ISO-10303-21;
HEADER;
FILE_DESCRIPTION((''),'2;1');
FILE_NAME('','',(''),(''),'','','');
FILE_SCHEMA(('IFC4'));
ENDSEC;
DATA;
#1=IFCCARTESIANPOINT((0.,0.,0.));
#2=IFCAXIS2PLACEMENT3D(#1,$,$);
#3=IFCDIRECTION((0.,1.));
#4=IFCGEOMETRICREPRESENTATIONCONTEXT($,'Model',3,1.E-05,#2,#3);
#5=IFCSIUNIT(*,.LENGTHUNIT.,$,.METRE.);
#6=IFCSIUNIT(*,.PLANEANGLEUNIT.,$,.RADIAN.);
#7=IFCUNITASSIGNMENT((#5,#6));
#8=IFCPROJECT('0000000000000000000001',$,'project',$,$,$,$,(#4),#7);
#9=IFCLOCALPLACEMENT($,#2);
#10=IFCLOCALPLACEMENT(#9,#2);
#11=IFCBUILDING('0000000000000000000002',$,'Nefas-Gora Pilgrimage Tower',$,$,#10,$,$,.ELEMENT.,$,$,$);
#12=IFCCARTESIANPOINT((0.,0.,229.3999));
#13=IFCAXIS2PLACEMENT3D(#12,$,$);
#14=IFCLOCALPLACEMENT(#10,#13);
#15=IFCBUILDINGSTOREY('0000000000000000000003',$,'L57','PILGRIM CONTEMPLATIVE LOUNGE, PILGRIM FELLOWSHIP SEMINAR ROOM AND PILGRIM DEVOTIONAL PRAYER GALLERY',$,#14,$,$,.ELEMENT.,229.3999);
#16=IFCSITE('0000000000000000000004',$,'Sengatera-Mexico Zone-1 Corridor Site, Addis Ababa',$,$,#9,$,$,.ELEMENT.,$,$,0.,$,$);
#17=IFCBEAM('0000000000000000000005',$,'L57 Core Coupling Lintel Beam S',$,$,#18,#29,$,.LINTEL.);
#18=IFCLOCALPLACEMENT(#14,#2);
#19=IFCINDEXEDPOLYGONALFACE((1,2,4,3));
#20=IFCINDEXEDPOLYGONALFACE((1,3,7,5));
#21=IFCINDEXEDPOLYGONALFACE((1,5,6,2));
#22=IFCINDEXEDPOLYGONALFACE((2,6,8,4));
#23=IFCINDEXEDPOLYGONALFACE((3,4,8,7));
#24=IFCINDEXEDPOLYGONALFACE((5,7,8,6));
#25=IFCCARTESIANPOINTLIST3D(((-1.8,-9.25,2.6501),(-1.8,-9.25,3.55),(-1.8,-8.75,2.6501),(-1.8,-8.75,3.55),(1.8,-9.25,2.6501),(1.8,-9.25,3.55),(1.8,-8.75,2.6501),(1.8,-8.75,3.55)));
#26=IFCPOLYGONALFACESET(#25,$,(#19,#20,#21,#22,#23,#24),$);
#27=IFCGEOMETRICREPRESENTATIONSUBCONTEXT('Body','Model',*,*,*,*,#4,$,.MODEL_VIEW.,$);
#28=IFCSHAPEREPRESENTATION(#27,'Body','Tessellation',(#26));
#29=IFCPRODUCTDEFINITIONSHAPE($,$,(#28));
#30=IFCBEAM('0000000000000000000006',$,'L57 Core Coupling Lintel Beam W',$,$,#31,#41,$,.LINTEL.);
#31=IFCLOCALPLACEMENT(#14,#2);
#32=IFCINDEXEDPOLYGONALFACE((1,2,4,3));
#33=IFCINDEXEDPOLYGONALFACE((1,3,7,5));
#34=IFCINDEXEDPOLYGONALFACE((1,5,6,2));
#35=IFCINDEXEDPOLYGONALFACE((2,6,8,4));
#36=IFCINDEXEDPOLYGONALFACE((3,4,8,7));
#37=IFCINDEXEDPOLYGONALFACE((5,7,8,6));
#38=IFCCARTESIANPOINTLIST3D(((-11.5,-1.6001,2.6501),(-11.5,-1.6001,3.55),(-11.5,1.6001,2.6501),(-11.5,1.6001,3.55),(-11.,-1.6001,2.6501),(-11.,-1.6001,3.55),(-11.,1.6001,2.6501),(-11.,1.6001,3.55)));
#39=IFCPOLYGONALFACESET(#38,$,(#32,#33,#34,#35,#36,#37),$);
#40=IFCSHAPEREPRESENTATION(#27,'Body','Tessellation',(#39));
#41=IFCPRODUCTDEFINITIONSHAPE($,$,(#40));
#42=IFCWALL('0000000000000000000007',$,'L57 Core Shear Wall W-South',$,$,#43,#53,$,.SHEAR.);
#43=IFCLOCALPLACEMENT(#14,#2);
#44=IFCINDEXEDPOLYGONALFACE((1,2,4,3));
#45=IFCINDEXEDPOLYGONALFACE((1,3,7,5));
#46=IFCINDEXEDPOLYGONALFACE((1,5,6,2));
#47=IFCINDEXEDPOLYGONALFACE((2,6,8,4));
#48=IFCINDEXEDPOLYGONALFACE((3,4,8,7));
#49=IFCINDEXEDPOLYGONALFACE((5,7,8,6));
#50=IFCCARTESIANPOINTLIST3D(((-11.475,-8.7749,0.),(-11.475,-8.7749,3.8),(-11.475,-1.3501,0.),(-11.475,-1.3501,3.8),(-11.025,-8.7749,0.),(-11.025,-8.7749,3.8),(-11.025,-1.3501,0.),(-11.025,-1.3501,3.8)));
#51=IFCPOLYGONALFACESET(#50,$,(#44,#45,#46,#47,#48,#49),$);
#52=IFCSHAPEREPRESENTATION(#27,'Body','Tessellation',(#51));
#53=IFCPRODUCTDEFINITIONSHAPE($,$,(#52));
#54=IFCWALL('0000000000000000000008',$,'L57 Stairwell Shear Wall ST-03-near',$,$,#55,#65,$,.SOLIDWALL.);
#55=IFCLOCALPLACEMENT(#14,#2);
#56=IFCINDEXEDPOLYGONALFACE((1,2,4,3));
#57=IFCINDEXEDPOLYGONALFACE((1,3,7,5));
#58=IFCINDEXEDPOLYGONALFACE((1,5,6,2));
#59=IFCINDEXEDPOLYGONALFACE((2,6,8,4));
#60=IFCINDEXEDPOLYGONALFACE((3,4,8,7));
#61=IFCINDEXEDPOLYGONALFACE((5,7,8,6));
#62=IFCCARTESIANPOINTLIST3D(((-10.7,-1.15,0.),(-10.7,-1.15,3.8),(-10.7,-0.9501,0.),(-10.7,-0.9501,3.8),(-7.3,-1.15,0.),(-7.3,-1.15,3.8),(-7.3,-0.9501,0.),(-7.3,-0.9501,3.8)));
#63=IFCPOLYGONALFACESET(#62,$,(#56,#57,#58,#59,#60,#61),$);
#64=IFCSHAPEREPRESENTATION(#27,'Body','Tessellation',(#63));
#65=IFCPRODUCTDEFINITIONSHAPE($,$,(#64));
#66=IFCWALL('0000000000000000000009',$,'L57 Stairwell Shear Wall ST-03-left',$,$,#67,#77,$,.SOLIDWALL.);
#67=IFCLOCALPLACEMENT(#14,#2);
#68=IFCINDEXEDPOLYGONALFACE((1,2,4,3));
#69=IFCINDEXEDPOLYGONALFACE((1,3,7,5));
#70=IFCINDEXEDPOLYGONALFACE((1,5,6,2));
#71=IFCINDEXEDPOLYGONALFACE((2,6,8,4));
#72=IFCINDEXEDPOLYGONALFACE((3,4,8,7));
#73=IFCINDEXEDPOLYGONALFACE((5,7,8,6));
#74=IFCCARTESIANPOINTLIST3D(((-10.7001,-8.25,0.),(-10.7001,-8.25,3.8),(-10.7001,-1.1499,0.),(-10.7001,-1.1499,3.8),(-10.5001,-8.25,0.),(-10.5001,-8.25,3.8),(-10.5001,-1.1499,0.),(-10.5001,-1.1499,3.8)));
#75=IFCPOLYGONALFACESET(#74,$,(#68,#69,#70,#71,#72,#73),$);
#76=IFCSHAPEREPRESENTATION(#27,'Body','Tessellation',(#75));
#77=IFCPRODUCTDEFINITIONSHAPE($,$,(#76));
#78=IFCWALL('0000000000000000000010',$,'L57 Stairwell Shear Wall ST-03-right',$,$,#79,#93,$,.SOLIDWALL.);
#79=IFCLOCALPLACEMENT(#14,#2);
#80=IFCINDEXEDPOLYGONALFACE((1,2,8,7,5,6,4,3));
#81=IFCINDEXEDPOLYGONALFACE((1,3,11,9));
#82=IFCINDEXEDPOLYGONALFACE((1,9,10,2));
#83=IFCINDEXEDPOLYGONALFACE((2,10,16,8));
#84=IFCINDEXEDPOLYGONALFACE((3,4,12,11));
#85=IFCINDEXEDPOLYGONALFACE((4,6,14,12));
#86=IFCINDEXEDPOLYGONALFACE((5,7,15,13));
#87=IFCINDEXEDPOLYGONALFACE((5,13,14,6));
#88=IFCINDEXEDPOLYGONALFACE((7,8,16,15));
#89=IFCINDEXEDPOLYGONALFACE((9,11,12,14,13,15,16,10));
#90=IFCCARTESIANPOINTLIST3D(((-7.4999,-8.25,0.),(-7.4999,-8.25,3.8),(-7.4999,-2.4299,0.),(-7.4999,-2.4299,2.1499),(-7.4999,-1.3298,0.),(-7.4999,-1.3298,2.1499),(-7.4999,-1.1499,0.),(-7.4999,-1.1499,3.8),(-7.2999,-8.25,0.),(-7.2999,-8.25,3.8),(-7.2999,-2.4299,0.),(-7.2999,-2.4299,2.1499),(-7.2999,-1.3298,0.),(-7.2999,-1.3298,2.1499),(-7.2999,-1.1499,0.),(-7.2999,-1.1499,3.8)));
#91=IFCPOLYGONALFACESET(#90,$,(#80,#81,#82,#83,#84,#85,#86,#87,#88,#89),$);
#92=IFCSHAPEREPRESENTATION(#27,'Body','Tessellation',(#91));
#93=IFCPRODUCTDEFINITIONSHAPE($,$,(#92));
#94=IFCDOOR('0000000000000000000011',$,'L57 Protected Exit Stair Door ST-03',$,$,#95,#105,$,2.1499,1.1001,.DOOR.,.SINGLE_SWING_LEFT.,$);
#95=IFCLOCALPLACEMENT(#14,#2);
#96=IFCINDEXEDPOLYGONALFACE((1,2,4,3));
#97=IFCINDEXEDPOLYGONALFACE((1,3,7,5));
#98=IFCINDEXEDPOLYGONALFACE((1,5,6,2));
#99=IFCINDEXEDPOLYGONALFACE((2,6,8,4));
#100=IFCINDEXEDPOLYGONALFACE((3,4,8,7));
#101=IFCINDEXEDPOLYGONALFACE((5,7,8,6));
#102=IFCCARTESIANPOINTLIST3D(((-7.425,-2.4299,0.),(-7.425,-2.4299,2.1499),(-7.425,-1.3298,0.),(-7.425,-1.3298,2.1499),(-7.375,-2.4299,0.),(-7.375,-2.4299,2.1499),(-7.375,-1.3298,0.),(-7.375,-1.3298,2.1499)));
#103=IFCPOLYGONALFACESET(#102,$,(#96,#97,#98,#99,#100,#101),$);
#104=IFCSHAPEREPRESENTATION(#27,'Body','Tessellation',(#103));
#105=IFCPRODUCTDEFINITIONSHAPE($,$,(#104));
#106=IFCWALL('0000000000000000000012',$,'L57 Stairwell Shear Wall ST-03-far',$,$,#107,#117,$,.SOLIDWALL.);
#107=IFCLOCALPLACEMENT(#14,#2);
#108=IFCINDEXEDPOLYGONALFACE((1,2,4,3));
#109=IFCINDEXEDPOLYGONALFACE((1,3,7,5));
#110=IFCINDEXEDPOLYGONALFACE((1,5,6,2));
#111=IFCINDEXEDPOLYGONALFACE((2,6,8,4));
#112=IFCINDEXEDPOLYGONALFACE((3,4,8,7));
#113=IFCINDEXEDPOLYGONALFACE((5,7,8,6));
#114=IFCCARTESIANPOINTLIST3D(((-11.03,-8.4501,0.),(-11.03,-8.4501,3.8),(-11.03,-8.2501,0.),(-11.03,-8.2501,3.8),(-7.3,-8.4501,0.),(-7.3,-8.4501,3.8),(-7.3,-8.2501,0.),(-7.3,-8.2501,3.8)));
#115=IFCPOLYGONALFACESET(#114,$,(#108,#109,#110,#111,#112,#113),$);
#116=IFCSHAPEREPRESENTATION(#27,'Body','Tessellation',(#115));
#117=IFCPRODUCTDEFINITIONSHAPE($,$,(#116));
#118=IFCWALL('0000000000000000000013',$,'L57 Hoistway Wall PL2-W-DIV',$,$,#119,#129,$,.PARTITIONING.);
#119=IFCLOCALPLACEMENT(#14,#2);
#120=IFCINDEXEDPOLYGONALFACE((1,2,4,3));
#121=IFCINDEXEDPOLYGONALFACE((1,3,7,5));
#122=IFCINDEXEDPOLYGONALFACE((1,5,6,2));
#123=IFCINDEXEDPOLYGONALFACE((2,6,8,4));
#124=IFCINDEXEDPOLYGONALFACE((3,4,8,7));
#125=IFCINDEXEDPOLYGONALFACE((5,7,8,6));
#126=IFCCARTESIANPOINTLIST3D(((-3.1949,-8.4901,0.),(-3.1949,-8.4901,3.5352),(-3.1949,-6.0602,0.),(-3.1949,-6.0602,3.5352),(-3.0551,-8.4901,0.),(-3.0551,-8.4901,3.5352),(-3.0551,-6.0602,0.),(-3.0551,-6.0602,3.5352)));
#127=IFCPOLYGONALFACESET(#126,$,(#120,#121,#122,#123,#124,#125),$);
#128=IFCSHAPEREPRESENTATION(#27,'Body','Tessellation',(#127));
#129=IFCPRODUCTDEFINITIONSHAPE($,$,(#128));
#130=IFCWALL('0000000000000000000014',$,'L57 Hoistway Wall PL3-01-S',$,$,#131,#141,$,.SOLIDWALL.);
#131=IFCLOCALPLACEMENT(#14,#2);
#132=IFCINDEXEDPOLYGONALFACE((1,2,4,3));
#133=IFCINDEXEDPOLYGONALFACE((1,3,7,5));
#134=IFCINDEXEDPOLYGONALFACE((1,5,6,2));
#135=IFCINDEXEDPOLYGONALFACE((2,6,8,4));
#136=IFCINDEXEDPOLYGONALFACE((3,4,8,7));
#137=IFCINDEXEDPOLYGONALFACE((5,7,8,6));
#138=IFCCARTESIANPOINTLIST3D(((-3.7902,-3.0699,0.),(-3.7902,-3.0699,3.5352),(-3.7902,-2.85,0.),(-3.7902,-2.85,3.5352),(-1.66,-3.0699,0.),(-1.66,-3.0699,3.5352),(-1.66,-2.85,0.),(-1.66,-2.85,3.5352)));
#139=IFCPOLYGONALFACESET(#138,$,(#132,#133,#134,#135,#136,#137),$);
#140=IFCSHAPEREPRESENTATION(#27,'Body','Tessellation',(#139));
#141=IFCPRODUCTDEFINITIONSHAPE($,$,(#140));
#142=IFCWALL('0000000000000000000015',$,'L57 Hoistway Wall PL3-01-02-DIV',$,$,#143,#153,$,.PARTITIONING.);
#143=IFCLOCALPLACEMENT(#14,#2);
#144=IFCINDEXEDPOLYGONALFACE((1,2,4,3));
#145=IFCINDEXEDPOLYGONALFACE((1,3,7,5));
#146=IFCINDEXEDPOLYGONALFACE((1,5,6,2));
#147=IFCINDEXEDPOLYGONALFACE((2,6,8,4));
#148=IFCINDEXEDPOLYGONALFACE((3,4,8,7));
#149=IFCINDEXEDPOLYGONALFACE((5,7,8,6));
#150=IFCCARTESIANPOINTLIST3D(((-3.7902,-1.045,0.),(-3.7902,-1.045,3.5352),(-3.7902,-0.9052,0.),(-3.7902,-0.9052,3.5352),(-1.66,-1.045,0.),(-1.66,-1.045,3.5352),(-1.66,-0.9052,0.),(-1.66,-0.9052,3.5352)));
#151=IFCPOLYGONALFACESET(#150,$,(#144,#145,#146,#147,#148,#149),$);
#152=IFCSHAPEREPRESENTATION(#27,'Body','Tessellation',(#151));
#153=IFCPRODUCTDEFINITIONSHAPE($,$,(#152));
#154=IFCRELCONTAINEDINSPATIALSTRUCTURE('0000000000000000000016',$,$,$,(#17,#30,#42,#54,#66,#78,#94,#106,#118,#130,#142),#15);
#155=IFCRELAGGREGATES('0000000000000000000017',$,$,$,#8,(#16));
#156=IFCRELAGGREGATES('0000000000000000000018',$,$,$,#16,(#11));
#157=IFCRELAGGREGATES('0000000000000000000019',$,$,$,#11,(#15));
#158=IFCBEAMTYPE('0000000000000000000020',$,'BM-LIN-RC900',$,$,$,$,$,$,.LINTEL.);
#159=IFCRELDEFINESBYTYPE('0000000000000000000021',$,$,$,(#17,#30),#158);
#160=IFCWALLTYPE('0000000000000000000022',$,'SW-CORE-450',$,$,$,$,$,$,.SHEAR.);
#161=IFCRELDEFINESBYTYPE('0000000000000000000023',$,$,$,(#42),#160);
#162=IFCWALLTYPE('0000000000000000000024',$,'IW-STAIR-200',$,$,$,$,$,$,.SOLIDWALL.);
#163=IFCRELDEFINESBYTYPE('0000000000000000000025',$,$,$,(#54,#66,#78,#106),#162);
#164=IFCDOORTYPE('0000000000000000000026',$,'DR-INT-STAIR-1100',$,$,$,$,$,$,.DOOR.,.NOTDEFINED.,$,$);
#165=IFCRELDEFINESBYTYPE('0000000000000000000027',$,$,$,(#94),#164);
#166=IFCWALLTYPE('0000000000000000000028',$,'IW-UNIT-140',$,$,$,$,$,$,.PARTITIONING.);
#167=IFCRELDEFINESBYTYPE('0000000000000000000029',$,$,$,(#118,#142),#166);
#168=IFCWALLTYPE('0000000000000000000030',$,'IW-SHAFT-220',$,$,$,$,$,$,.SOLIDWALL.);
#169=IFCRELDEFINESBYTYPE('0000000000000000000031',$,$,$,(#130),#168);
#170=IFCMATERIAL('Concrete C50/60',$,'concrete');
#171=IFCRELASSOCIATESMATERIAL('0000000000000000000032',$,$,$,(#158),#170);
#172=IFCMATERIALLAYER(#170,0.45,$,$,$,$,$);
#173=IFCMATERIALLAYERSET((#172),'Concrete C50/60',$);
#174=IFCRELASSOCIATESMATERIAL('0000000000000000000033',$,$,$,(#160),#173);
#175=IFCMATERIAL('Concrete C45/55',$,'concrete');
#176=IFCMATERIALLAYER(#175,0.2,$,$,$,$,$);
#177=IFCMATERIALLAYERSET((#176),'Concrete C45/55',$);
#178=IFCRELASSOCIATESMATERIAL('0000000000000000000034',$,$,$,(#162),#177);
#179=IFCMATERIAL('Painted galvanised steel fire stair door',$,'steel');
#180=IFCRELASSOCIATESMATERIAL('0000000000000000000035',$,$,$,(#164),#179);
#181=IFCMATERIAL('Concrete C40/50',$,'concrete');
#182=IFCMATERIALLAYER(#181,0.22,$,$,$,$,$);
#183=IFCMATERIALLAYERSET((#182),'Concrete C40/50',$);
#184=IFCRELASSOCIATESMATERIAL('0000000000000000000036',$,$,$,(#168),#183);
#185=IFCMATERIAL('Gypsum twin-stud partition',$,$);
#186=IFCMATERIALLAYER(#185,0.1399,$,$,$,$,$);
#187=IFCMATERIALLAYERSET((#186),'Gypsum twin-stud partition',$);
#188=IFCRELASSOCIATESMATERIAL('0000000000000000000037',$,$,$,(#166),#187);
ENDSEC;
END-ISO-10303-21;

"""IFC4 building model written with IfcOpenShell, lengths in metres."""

from ifc_helpers import new_model, si_unit, direction, frame, frame_2d, origin, origin_2d, place, context, subcontext, project, spatial, rectangle, extrude, source, transform, mapped, material, layer, layer_set, material_profile, profile_set, type_object, element, fill, save


model = new_model("IFC4")

# Units and contexts
model_context = context("Model", 3, precision=1e-05, world=origin(), true_north=direction((0.0, 1.0)))
body_context = subcontext(model_context, "Body", "Model", "MODEL_VIEW")
ifc_project = project(units=[si_unit("LENGTHUNIT", "METRE"), si_unit("PLANEANGLEUNIT", "RADIAN")], contexts=[model_context])

# Site, building, storey
site_placement = place(None, origin())
site = spatial("IfcSite", under=ifc_project, at=site_placement, Name="Sengatera-Mexico Zone-1 Corridor Site, Addis Ababa", CompositionType="ELEMENT", RefElevation=0.0)
building_placement = place(site_placement, origin())
building = spatial("IfcBuilding", under=site, at=building_placement, Name="Nefas-Gora Pilgrimage Tower", CompositionType="ELEMENT")
storey_placement = place(building_placement, frame((0.0, 0.0, 229.3999)))
storey = spatial("IfcBuildingStorey", under=building, at=storey_placement, Name="L57", Description="PILGRIM CONTEMPLATIVE LOUNGE, PILGRIM FELLOWSHIP SEMINAR ROOM AND PILGRIM DEVOTIONAL PRAYER GALLERY", CompositionType="ELEMENT", Elevation=229.3999)

# Beams
ifc_material_1 = material(Name="Concrete C50/60", Category="concrete")
ifc_material_profile = material_profile(ifc_material_1, rectangle(XDim=0.5, YDim=0.8999, at=origin_2d()), Name="RC 500x900")
ifc_profile_set = profile_set([ifc_material_profile], Name="Concrete C50/60")
beam_type = type_object("IfcBeamType", Name="BM-LIN-RC900", PredefinedType="LINTEL", material=ifc_profile_set)
shared_shape_1 = source(origin(), body_context, "Body", "SweptSolid", [
    extrude(rectangle(XDim=0.5, YDim=0.8999, at=origin_2d()), origin(), (0.0, 0.0, 1.0), 3.6001),
])
beam_1_placement = place(storey_placement, frame((-1.8, -9.0, 3.1001), z_axis=(1.0, 0.0, 0.0), x_axis=(0.0, 1.0, 0.0)))
element("IfcBeam", 1, at=beam_1_placement, inside=storey, type_object=beam_type, Name="L57 Core Coupling Lintel Beam S", PredefinedType="LINTEL", context=body_context, shape_type="MappedRepresentation", body=[
    mapped(shared_shape_1, transform((0.0, 0.0, 0.0), x_axis=(1.0, 0.0, 0.0), y_axis=(0.0, 1.0, 0.0), z_axis=(0.0, 0.0, 1.0), scale=1.0)),
])
shared_shape_2 = source(origin(), body_context, "Body", "SweptSolid", [
    extrude(rectangle(XDim=0.5, YDim=0.8999, at=origin_2d()), origin(), (0.0, 0.0, 1.0), 3.2002),
])
beam_2_placement = place(storey_placement, frame((-11.25, -1.6001, 3.1001), z_axis=(0.0, 1.0, 0.0), x_axis=(-1.0, 0.0, 0.0)))
element("IfcBeam", 2, at=beam_2_placement, inside=storey, type_object=beam_type, Name="L57 Core Coupling Lintel Beam W", PredefinedType="LINTEL", context=body_context, shape_type="MappedRepresentation", body=[
    mapped(shared_shape_2, transform((0.0, 0.0, 0.0), x_axis=(1.0, 0.0, 0.0), y_axis=(0.0, 1.0, 0.0), z_axis=(0.0, 0.0, 1.0), scale=1.0)),
])

# Walls
ifc_layer_1 = layer(ifc_material_1, 0.45)
ifc_layer_set_1 = layer_set([ifc_layer_1], Name="Concrete C50/60")
wall_type_1 = type_object("IfcWallType", Name="SW-CORE-450", PredefinedType="SHEAR", material=ifc_layer_set_1)
shared_shape_3 = source(origin(), body_context, "Body", "SweptSolid", [
    extrude(rectangle(XDim=7.4248, YDim=0.45, at=frame_2d((3.7124, 0.0))), origin(), (0.0, 0.0, 1.0), 3.8),
])
wall_1_placement = place(storey_placement, frame((-11.25, -8.7749, 0.0), z_axis=(0.0, 0.0, 1.0), x_axis=(0.0, 1.0, 0.0)))
element("IfcWall", 3, at=wall_1_placement, inside=storey, type_object=wall_type_1, Name="L57 Core Shear Wall W-South", PredefinedType="SHEAR", context=body_context, shape_type="MappedRepresentation", body=[
    mapped(shared_shape_3, transform((0.0, 0.0, 0.0), x_axis=(1.0, 0.0, 0.0), y_axis=(0.0, 1.0, 0.0), z_axis=(0.0, 0.0, 1.0), scale=1.0)),
])
ifc_material_2 = material(Name="Concrete C45/55", Category="concrete")
ifc_layer_2 = layer(ifc_material_2, 0.2)
ifc_layer_set_2 = layer_set([ifc_layer_2], Name="Concrete C45/55")
wall_type_2 = type_object("IfcWallType", Name="IW-STAIR-200", PredefinedType="SOLIDWALL", material=ifc_layer_set_2)
shared_shape_4 = source(origin(), body_context, "Body", "SweptSolid", [
    extrude(rectangle(XDim=3.3999, YDim=0.2, at=frame_2d((1.7, 0.0))), origin(), (0.0, 0.0, 1.0), 3.8),
])
wall_2_placement = place(storey_placement, frame((-10.7, -1.05, 0.0), z_axis=(0.0, 0.0, 1.0), x_axis=(1.0, 0.0, 0.0)))
element("IfcWall", 4, at=wall_2_placement, inside=storey, type_object=wall_type_2, Name="L57 Stairwell Shear Wall ST-03-near", PredefinedType="SOLIDWALL", context=body_context, shape_type="MappedRepresentation", body=[
    mapped(shared_shape_4, transform((0.0, 0.0, 0.0), x_axis=(1.0, 0.0, 0.0), y_axis=(0.0, 1.0, 0.0), z_axis=(0.0, 0.0, 1.0), scale=1.0)),
])
shared_shape_5 = source(origin(), body_context, "Body", "SweptSolid", [
    extrude(rectangle(XDim=7.1001, YDim=0.2, at=frame_2d((3.55, 0.0))), origin(), (0.0, 0.0, 1.0), 3.8),
])
wall_3_placement = place(storey_placement, frame((-10.6001, -1.1499, 0.0), z_axis=(0.0, 0.0, 1.0), x_axis=(0.0, -1.0, 0.0)))
element("IfcWall", 5, at=wall_3_placement, inside=storey, type_object=wall_type_2, Name="L57 Stairwell Shear Wall ST-03-left", PredefinedType="SOLIDWALL", context=body_context, shape_type="MappedRepresentation", body=[
    mapped(shared_shape_5, transform((0.0, 0.0, 0.0), x_axis=(1.0, 0.0, 0.0), y_axis=(0.0, 1.0, 0.0), z_axis=(0.0, 0.0, 1.0), scale=1.0)),
])

# Wall, opening, door
wall_4_placement = place(storey_placement, frame((-7.3999, -1.1499, 0.0), z_axis=(0.0, 0.0, 1.0), x_axis=(0.0, -1.0, 0.0)))
wall_4 = element("IfcWall", 6, at=wall_4_placement, inside=storey, type_object=wall_type_2, Name="L57 Stairwell Shear Wall ST-03-right", PredefinedType="SOLIDWALL", context=body_context, shape_type="MappedRepresentation", body=[
    mapped(shared_shape_5, transform((0.0, 0.0, 0.0), x_axis=(1.0, 0.0, 0.0), y_axis=(0.0, 1.0, 0.0), z_axis=(0.0, 0.0, 1.0), scale=1.0)),
])
opening_1_placement = place(wall_4_placement, frame((0.1799, 0.0, 0.0)))
opening_1 = element("IfcOpeningElement", 7, at=opening_1_placement, cuts=wall_4, PredefinedType="OPENING", context=body_context, shape_type="SweptSolid", body=[
    extrude(rectangle(XDim=1.1001, YDim=2.1499, at=frame_2d((0.55, 1.075))), frame((0.0, 0.1099, 0.0), z_axis=(0.0, -1.0, 0.0), x_axis=(1.0, 0.0, 0.0)), (0.0, 0.0, 1.0), 0.22),
])
ifc_material_3 = material(Name="Painted galvanised steel fire stair door", Category="steel")
door_type_1 = type_object("IfcDoorType", Name="DR-INT-STAIR-1100", OperationType="NOTDEFINED", PredefinedType="DOOR", material=ifc_material_3)
shared_shape_6 = source(origin(), body_context, "Body", "SweptSolid", [
    extrude(rectangle(XDim=1.1001, YDim=2.1499, at=frame_2d((0.55, 1.075))), frame((0.0, 0.0249, 0.0), z_axis=(0.0, -1.0, 0.0), x_axis=(1.0, 0.0, 0.0)), (0.0, 0.0, 1.0), 0.05),
])
door_1_placement = place(opening_1_placement, origin())
door_1 = element("IfcDoor", 8, at=door_1_placement, inside=storey, type_object=door_type_1, Name="L57 Protected Exit Stair Door ST-03", OperationType="SINGLE_SWING_LEFT", OverallHeight=2.1499, OverallWidth=1.1001, PredefinedType="DOOR", context=body_context, shape_type="MappedRepresentation", body=[
    mapped(shared_shape_6, transform((0.0, 0.0, 0.0), x_axis=(1.0, 0.0, 0.0), y_axis=(0.0, 1.0, 0.0), z_axis=(0.0, 0.0, 1.0), scale=1.0)),
])
fill(opening_1, door_1)

# Walls
shared_shape_7 = source(origin(), body_context, "Body", "SweptSolid", [
    extrude(rectangle(XDim=3.73, YDim=0.2, at=frame_2d((1.865, 0.0))), origin(), (0.0, 0.0, 1.0), 3.8),
])
wall_5_placement = place(storey_placement, frame((-11.03, -8.3501, 0.0), z_axis=(0.0, 0.0, 1.0), x_axis=(1.0, 0.0, 0.0)))
element("IfcWall", 9, at=wall_5_placement, inside=storey, type_object=wall_type_2, Name="L57 Stairwell Shear Wall ST-03-far", PredefinedType="SOLIDWALL", context=body_context, shape_type="MappedRepresentation", body=[
    mapped(shared_shape_7, transform((0.0, 0.0, 0.0), x_axis=(1.0, 0.0, 0.0), y_axis=(0.0, 1.0, 0.0), z_axis=(0.0, 0.0, 1.0), scale=1.0)),
])
ifc_material_4 = material(Name="Concrete C40/50", Category="concrete")
ifc_layer_3 = layer(ifc_material_4, 0.22)
ifc_layer_set_3 = layer_set([ifc_layer_3], Name="Concrete C40/50")
wall_type_3 = type_object("IfcWallType", Name="IW-SHAFT-220", PredefinedType="SOLIDWALL", material=ifc_layer_set_3)
ifc_material_5 = material(Name="Gypsum twin-stud partition")
ifc_layer_4 = layer(ifc_material_5, 0.1399)
ifc_layer_set_4 = layer_set([ifc_layer_4], Name="Gypsum twin-stud partition")
wall_type_4 = type_object("IfcWallType", Name="IW-UNIT-140", PredefinedType="PARTITIONING", material=ifc_layer_set_4)
shared_shape_8 = source(origin(), body_context, "Body", "SweptSolid", [
    extrude(rectangle(XDim=2.4299, YDim=0.1399, at=frame_2d((1.2148, 0.0))), origin(), (0.0, 0.0, 1.0), 3.5352),
])
wall_6_placement = place(storey_placement, frame((-3.125, -8.49, 0.0), z_axis=(0.0, 0.0, 1.0), x_axis=(0.0, 1.0, 0.0)))
element("IfcWall", 10, at=wall_6_placement, inside=storey, type_object=wall_type_4, Name="L57 Hoistway Wall PL2-W-DIV", PredefinedType="PARTITIONING", context=body_context, shape_type="MappedRepresentation", body=[
    mapped(shared_shape_8, transform((0.0, 0.0, 0.0), x_axis=(1.0, 0.0, 0.0), y_axis=(0.0, 1.0, 0.0), z_axis=(0.0, 0.0, 1.0), scale=1.0)),
])
shared_shape_9 = source(origin(), body_context, "Body", "SweptSolid", [
    extrude(rectangle(XDim=2.1301, YDim=0.22, at=frame_2d((1.0649, 0.0))), origin(), (0.0, 0.0, 1.0), 3.5352),
])
wall_7_placement = place(storey_placement, frame((-3.79, -2.96, 0.0), z_axis=(0.0, 0.0, 1.0), x_axis=(1.0, 0.0, 0.0)))
element("IfcWall", 11, at=wall_7_placement, inside=storey, type_object=wall_type_3, Name="L57 Hoistway Wall PL3-01-S", PredefinedType="SOLIDWALL", context=body_context, shape_type="MappedRepresentation", body=[
    mapped(shared_shape_9, transform((0.0, 0.0, 0.0), x_axis=(1.0, 0.0, 0.0), y_axis=(0.0, 1.0, 0.0), z_axis=(0.0, 0.0, 1.0), scale=1.0)),
])
shared_shape_10 = source(origin(), body_context, "Body", "SweptSolid", [
    extrude(rectangle(XDim=2.1301, YDim=0.1399, at=frame_2d((1.0649, 0.0))), origin(), (0.0, 0.0, 1.0), 3.5352),
])
wall_8_placement = place(storey_placement, frame((-3.79, -0.9751, 0.0), z_axis=(0.0, 0.0, 1.0), x_axis=(1.0, 0.0, 0.0)))
element("IfcWall", 12, at=wall_8_placement, inside=storey, type_object=wall_type_4, Name="L57 Hoistway Wall PL3-01-02-DIV", PredefinedType="PARTITIONING", context=body_context, shape_type="MappedRepresentation", body=[
    mapped(shared_shape_10, transform((0.0, 0.0, 0.0), x_axis=(1.0, 0.0, 0.0), y_axis=(0.0, 1.0, 0.0), z_axis=(0.0, 0.0, 1.0), scale=1.0)),
])

save(model, "model.ifc")
